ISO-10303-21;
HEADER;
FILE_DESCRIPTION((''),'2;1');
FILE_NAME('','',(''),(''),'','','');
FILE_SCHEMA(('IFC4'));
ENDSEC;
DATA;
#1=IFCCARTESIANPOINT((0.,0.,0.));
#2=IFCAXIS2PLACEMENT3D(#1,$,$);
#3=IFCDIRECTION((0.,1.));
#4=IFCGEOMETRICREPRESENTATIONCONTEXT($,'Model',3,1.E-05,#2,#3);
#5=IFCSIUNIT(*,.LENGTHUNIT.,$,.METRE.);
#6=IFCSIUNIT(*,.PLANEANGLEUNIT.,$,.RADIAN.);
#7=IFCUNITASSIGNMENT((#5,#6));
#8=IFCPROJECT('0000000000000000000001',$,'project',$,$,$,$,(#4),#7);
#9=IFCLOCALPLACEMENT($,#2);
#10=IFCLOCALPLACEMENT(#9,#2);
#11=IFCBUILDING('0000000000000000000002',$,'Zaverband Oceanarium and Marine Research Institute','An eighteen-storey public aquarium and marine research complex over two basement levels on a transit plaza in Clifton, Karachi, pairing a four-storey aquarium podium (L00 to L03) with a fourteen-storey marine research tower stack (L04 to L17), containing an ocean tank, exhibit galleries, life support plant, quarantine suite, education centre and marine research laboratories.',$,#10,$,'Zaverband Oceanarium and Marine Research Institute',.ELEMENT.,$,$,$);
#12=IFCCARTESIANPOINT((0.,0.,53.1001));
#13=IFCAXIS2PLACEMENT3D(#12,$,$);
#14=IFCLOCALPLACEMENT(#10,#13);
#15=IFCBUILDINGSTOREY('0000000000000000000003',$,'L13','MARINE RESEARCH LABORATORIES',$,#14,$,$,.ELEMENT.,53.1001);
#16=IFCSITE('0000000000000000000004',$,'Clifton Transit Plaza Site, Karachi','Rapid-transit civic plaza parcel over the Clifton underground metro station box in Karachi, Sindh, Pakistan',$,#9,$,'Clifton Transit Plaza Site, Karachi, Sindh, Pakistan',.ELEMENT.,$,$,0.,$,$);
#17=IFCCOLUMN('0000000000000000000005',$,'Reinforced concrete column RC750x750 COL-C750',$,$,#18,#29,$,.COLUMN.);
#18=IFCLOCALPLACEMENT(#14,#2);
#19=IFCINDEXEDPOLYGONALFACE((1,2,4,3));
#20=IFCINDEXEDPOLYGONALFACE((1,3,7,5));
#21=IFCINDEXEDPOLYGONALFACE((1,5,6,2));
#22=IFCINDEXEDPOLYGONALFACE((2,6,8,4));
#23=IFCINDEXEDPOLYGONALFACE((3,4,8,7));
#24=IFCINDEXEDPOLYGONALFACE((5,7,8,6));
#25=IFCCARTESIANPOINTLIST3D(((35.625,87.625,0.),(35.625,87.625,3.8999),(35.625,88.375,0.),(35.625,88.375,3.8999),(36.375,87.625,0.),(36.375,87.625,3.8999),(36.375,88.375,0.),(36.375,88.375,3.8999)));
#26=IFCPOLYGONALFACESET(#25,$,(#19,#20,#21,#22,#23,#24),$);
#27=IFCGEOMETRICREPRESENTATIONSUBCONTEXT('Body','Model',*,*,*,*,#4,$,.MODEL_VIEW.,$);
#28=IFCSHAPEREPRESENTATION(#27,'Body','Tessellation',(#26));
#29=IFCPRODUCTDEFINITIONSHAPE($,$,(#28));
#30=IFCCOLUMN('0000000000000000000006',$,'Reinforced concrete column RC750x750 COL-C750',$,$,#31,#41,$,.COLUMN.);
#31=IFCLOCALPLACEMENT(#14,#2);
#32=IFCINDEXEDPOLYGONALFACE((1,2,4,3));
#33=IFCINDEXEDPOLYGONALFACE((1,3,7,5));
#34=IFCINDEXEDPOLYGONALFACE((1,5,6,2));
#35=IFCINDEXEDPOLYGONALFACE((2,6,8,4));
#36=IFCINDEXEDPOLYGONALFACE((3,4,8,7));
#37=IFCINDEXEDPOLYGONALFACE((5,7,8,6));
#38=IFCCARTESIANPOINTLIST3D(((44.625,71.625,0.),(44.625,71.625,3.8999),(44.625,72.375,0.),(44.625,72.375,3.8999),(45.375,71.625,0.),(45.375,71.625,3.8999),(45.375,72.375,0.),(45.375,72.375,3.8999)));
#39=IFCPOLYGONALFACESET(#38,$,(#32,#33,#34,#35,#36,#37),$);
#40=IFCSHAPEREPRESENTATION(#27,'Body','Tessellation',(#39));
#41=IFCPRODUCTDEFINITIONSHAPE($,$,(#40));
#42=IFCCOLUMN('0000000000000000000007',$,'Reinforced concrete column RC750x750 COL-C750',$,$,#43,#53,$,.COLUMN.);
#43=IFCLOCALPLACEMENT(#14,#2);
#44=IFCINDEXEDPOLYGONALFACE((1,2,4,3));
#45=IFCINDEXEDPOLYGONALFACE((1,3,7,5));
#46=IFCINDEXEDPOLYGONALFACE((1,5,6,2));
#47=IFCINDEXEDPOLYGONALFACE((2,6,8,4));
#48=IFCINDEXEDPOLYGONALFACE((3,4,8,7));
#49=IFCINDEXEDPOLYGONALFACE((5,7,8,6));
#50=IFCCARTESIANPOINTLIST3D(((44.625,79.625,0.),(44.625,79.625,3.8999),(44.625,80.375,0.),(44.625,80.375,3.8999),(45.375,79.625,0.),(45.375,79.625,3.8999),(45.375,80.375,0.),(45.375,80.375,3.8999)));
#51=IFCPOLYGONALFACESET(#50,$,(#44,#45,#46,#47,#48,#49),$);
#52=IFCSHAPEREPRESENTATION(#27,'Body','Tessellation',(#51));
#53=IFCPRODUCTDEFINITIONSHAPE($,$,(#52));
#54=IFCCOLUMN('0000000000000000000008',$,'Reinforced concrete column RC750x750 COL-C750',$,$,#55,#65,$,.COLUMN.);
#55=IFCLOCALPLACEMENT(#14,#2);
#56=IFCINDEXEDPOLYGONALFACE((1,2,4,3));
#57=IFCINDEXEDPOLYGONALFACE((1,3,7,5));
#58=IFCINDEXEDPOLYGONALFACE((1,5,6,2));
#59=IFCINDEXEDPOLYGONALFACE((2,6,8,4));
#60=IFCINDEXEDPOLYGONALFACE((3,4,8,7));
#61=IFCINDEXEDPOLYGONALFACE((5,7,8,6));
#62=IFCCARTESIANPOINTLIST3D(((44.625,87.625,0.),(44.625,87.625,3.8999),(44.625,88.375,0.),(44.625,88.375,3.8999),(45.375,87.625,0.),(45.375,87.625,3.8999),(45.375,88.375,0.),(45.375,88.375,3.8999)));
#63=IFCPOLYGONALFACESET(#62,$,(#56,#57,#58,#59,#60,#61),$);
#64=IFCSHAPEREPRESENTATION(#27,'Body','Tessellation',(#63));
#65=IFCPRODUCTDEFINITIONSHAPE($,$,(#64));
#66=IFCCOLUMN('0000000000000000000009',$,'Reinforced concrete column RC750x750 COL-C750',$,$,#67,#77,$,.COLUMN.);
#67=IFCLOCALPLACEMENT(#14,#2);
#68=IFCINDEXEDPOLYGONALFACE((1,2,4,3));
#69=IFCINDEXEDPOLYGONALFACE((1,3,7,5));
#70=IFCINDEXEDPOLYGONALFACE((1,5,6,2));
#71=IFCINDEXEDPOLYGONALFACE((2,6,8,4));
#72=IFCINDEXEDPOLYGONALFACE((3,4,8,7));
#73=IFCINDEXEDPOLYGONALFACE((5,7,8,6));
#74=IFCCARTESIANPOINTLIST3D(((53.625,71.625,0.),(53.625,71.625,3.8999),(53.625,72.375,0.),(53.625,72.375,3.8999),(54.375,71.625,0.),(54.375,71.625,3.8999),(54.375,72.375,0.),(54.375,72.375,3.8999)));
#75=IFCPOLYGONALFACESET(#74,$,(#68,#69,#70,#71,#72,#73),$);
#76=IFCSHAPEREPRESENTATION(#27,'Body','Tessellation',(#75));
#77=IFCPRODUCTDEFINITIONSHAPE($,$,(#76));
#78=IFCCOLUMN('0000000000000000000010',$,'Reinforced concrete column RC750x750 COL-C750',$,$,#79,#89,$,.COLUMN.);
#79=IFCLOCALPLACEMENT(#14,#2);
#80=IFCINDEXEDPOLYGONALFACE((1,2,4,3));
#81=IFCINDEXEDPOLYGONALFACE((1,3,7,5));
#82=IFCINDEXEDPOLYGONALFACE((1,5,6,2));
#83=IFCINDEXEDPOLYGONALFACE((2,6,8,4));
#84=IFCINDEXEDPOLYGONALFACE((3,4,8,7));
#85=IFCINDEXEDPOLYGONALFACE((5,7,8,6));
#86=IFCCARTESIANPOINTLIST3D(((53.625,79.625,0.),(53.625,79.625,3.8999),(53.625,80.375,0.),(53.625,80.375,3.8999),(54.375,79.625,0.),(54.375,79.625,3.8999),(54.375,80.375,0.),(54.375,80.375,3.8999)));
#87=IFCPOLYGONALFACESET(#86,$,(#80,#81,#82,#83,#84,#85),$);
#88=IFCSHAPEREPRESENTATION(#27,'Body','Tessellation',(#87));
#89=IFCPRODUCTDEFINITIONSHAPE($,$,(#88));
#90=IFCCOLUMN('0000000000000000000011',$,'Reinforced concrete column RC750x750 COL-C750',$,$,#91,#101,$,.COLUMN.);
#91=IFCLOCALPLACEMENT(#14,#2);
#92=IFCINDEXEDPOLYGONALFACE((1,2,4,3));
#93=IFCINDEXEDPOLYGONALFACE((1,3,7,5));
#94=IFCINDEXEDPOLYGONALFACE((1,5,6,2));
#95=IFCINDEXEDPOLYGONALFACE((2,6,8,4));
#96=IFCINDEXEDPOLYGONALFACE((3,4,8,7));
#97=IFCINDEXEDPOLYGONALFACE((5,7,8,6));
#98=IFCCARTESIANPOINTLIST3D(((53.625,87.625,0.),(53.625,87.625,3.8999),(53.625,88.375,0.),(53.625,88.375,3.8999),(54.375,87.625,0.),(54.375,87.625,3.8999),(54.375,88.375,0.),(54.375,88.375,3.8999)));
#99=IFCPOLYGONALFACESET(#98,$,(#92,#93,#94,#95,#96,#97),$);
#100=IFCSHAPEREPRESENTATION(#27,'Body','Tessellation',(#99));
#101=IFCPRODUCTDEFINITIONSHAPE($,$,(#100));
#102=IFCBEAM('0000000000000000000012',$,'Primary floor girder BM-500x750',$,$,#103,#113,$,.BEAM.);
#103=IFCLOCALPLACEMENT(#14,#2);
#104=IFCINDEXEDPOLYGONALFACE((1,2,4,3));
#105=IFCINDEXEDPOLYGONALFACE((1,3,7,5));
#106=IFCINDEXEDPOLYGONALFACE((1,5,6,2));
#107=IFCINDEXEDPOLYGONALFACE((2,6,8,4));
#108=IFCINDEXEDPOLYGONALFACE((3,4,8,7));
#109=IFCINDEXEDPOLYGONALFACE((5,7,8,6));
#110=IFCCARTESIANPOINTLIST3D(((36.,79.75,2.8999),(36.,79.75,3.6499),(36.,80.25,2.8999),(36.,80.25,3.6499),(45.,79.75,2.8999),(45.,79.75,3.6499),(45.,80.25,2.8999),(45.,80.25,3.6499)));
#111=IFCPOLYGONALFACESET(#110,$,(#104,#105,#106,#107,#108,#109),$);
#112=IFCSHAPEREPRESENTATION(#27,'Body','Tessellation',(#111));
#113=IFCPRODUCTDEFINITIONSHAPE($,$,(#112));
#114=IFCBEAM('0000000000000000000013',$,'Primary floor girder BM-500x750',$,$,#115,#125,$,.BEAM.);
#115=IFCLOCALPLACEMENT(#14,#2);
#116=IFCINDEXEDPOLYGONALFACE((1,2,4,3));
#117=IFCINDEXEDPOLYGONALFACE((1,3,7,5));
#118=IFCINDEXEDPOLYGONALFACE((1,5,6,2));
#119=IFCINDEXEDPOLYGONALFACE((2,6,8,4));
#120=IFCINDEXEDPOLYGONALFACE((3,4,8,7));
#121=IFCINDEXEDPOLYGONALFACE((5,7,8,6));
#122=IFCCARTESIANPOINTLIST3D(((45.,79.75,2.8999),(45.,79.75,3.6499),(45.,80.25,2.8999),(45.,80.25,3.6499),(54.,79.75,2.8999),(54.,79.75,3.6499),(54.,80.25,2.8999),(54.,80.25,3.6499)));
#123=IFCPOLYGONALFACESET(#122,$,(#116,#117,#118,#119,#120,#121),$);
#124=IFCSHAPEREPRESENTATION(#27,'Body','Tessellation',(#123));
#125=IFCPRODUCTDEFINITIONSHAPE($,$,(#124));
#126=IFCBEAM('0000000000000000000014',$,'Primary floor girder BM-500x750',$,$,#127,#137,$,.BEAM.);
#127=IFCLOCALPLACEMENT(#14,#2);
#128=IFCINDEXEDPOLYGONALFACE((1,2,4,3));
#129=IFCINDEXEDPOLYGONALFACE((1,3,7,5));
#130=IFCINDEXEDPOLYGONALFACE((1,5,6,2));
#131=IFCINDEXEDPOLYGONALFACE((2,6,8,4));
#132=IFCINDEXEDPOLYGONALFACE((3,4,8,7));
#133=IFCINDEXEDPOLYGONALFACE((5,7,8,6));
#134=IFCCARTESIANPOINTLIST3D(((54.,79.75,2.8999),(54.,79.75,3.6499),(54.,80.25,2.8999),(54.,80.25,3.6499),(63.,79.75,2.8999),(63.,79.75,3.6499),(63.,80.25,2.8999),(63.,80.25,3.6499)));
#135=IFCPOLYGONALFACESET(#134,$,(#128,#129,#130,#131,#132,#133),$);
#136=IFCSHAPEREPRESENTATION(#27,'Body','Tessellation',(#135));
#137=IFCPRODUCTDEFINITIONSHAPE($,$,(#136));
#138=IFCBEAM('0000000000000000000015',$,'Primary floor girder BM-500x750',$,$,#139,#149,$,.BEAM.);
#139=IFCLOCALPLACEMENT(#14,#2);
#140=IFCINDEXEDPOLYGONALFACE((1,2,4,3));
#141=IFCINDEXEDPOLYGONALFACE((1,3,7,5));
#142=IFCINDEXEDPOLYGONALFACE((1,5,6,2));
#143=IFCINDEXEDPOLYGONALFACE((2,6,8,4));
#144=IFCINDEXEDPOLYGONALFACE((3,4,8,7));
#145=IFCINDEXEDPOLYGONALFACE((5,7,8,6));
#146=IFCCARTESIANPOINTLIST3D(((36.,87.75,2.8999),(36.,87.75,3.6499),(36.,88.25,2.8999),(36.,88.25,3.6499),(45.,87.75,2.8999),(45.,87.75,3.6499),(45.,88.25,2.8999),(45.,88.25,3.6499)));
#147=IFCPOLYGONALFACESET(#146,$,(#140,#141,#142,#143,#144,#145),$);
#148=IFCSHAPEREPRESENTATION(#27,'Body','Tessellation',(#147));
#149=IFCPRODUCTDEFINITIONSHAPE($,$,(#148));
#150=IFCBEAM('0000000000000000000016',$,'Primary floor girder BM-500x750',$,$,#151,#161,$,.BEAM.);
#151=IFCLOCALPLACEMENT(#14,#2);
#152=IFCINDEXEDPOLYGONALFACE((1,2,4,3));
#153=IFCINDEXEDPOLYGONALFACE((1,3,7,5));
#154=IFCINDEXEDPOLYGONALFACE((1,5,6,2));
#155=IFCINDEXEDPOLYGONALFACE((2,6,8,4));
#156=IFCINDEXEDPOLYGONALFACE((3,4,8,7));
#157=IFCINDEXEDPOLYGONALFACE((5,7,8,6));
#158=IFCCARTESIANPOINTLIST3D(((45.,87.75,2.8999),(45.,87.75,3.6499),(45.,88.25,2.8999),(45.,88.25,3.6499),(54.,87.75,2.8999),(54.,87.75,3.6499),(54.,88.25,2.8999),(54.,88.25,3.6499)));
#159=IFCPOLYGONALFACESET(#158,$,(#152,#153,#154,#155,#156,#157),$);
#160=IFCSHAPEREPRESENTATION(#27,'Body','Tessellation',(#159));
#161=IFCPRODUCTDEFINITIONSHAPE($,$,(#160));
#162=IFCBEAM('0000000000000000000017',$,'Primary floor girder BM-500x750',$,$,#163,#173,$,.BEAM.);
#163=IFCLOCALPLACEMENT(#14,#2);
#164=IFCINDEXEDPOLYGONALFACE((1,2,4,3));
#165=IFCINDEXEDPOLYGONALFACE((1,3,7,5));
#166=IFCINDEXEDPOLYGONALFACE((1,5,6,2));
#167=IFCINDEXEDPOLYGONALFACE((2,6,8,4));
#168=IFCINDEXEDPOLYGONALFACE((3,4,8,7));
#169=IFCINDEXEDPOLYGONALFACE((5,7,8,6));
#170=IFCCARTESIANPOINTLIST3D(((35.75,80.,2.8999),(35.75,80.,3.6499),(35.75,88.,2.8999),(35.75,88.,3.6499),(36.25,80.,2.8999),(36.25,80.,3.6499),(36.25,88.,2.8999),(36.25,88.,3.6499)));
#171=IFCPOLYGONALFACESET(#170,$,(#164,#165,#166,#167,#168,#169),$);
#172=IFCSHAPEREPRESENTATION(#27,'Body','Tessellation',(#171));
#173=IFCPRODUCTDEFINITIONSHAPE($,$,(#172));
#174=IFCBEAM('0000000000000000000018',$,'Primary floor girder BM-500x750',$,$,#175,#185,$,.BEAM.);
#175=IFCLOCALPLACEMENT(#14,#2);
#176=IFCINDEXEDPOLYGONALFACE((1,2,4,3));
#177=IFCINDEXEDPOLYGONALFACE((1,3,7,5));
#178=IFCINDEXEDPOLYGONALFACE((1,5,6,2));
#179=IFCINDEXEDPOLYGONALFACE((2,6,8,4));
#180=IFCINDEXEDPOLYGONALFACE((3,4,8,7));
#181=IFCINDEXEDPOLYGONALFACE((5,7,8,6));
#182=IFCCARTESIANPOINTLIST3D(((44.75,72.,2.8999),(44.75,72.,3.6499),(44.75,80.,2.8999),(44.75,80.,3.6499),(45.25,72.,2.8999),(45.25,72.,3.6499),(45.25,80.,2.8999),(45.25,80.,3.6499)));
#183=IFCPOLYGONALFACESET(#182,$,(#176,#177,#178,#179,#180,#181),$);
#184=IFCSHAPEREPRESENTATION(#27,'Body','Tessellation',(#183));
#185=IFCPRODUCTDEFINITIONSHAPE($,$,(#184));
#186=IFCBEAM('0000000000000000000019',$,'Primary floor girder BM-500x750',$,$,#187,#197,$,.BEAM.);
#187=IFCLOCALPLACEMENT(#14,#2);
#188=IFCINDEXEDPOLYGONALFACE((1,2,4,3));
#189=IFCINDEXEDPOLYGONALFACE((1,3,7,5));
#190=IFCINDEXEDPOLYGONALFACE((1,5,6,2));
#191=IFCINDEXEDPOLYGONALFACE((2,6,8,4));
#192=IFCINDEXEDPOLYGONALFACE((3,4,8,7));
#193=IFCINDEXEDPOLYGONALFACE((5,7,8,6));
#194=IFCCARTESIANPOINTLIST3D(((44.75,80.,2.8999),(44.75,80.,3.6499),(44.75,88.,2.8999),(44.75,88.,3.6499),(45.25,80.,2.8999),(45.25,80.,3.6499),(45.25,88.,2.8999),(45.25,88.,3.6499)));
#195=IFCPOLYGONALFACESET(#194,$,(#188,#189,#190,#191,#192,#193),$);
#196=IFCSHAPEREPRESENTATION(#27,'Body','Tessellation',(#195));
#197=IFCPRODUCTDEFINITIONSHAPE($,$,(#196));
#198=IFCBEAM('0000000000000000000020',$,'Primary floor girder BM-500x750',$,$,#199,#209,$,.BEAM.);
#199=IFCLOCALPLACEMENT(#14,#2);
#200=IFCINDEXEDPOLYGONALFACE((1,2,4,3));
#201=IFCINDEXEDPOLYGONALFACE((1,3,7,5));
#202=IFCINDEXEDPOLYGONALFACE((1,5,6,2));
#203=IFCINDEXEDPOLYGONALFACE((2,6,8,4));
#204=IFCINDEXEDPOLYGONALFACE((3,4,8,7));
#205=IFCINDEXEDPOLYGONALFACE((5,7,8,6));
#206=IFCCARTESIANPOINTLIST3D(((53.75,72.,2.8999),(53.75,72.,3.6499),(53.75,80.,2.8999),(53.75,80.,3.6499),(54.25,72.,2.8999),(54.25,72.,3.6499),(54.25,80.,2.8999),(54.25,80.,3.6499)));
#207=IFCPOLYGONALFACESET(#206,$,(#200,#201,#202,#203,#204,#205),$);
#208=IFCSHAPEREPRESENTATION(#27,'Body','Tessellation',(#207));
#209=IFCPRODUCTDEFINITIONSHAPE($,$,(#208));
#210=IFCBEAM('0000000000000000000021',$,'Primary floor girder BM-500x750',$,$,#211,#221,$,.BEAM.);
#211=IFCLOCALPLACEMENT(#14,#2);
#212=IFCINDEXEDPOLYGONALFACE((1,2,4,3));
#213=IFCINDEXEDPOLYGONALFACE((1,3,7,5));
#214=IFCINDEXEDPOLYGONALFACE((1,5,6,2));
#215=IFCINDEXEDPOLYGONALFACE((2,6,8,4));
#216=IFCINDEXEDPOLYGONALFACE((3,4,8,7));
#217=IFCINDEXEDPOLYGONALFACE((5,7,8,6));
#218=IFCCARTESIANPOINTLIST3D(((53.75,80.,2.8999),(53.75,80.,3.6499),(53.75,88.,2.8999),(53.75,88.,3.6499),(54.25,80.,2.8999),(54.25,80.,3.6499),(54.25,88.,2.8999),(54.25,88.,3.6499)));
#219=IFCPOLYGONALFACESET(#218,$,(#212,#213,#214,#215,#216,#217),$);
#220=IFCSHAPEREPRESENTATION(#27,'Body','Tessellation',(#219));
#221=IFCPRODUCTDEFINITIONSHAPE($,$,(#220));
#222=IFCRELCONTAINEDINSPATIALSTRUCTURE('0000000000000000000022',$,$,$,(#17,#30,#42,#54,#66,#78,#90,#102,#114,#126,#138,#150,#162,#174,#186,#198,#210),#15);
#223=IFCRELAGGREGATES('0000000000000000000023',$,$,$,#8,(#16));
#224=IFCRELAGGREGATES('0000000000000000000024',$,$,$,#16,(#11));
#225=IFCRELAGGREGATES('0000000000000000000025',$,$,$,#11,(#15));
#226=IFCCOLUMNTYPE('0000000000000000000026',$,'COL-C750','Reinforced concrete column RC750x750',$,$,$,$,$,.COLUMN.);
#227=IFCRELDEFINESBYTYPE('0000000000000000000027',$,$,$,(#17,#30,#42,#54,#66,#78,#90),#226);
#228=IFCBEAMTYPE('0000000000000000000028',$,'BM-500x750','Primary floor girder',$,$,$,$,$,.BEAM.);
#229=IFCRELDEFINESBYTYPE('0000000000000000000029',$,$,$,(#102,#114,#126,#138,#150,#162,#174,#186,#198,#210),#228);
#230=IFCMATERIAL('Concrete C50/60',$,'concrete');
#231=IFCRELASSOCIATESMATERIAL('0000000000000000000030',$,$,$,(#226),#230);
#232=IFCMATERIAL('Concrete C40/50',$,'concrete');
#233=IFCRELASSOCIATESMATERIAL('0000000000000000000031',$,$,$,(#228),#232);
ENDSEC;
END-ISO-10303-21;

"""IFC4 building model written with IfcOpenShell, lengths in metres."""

from ifc_helpers import new_model, si_unit, direction, frame, origin, origin_2d, place, context, subcontext, project, spatial, rectangle, extrude, material, material_profile, profile_set, type_object, element, save


model = new_model("IFC4")

# Units and contexts
model_context = context("Model", 3, precision=1e-05, world=origin(), true_north=direction((0.0, 1.0)))
body_context = subcontext(model_context, "Body", "Model", "MODEL_VIEW")
ifc_project = project(units=[si_unit("LENGTHUNIT", "METRE"), si_unit("PLANEANGLEUNIT", "RADIAN")], contexts=[model_context])

# Site, building, storey
site_placement = place(None, origin())
site = spatial("IfcSite", under=ifc_project, at=site_placement, Name="Clifton Transit Plaza Site, Karachi", Description="Rapid-transit civic plaza parcel over the Clifton underground metro station box in Karachi, Sindh, Pakistan", LongName="Clifton Transit Plaza Site, Karachi, Sindh, Pakistan", CompositionType="ELEMENT", RefElevation=0.0)
building_placement = place(site_placement, origin())
building = spatial("IfcBuilding", under=site, at=building_placement, Name="Zaverband Oceanarium and Marine Research Institute", Description="An eighteen-storey public aquarium and marine research complex over two basement levels on a transit plaza in Clifton, Karachi, pairing a four-storey aquarium podium (L00 to L03) with a fourteen-storey marine research tower stack (L04 to L17), containing an ocean tank, exhibit galleries, life support plant, quarantine suite, education centre and marine research laboratories.", LongName="Zaverband Oceanarium and Marine Research Institute", CompositionType="ELEMENT")
storey_placement = place(building_placement, frame((0.0, 0.0, 53.1001)))
storey = spatial("IfcBuildingStorey", under=building, at=storey_placement, Name="L13", Description="MARINE RESEARCH LABORATORIES", CompositionType="ELEMENT", Elevation=53.1001)

# Columns
ifc_material_1 = material(Name="Concrete C50/60", Category="concrete")
ifc_material_profile_1 = material_profile(ifc_material_1, rectangle(XDim=0.75, YDim=0.75, at=origin_2d()), Name="RC750x750")
ifc_profile_set_1 = profile_set([ifc_material_profile_1], Name="Concrete C50/60")
column_type = type_object("IfcColumnType", Name="COL-C750", Description="Reinforced concrete column RC750x750", PredefinedType="COLUMN", material=ifc_profile_set_1)
for number, where, z_axis, x_axis, name in (
    (1, (36.0, 88.0, 0.0), (0.0, 0.0, 1.0), (1.0, 0.0, 0.0), "Reinforced concrete column RC750x750 COL-C750"),
    (2, (45.0, 72.0, 0.0), (0.0, 0.0, 1.0), (1.0, 0.0, 0.0), "Reinforced concrete column RC750x750 COL-C750"),
    (3, (45.0, 80.0, 0.0), (0.0, 0.0, 1.0), (1.0, 0.0, 0.0), "Reinforced concrete column RC750x750 COL-C750"),
    (4, (45.0, 88.0, 0.0), (0.0, 0.0, 1.0), (1.0, 0.0, 0.0), "Reinforced concrete column RC750x750 COL-C750"),
    (5, (54.0, 72.0, 0.0), (0.0, 0.0, 1.0), (1.0, 0.0, 0.0), "Reinforced concrete column RC750x750 COL-C750"),
    (6, (54.0, 80.0, 0.0), (0.0, 0.0, 1.0), (1.0, 0.0, 0.0), "Reinforced concrete column RC750x750 COL-C750"),
    (7, (54.0, 88.0, 0.0), (0.0, 0.0, 1.0), (1.0, 0.0, 0.0), "Reinforced concrete column RC750x750 COL-C750"),
):
    element("IfcColumn", number, at=place(storey_placement, frame(where, z_axis=z_axis, x_axis=x_axis)), inside=storey, type_object=column_type, Name=name, PredefinedType="COLUMN", context=body_context, shape_type="SweptSolid", body=[
        extrude(rectangle(XDim=0.75, YDim=0.75, at=origin_2d()), origin(), (0.0, 0.0, 1.0), 3.8999),
    ])

# Beams
ifc_material_2 = material(Name="Concrete C40/50", Category="concrete")
ifc_material_profile_2 = material_profile(ifc_material_2, rectangle(XDim=0.5, YDim=0.75, at=origin_2d()), Name="RC500x750")
ifc_profile_set_2 = profile_set([ifc_material_profile_2], Name="Concrete C40/50")
beam_type_1 = type_object("IfcBeamType", Name="BM-500x750", Description="Primary floor girder", PredefinedType="BEAM", material=ifc_profile_set_2)
for number, where, z_axis, x_axis, name in (
    (8, (36.0, 80.0, 3.2749), (1.0, 0.0, 0.0), (0.0, 1.0, 0.0), "Primary floor girder BM-500x750"),
    (9, (45.0, 80.0, 3.2749), (1.0, 0.0, 0.0), (0.0, 1.0, 0.0), "Primary floor girder BM-500x750"),
    (10, (54.0, 80.0, 3.2749), (1.0, 0.0, 0.0), (0.0, 1.0, 0.0), "Primary floor girder BM-500x750"),
    (11, (36.0, 88.0, 3.2749), (1.0, 0.0, 0.0), (0.0, 1.0, 0.0), "Primary floor girder BM-500x750"),
    (12, (45.0, 88.0, 3.2749), (1.0, 0.0, 0.0), (0.0, 1.0, 0.0), "Primary floor girder BM-500x750"),
):
    element("IfcBeam", number, at=place(storey_placement, frame(where, z_axis=z_axis, x_axis=x_axis)), inside=storey, type_object=beam_type_1, Name=name, PredefinedType="BEAM", context=body_context, shape_type="SweptSolid", body=[
        extrude(rectangle(XDim=0.5, YDim=0.75, at=origin_2d()), origin(), (0.0, 0.0, 1.0), 9.0),
    ])
for number, where, z_axis, x_axis, name in (
    (13, (36.0, 80.0, 3.2749), (0.0, 1.0, 0.0), (-1.0, 0.0, 0.0), "Primary floor girder BM-500x750"),
    (14, (45.0, 72.0, 3.2749), (0.0, 1.0, 0.0), (-1.0, 0.0, 0.0), "Primary floor girder BM-500x750"),
    (15, (45.0, 80.0, 3.2749), (0.0, 1.0, 0.0), (-1.0, 0.0, 0.0), "Primary floor girder BM-500x750"),
    (16, (54.0, 72.0, 3.2749), (0.0, 1.0, 0.0), (-1.0, 0.0, 0.0), "Primary floor girder BM-500x750"),
    (17, (54.0, 80.0, 3.2749), (0.0, 1.0, 0.0), (-1.0, 0.0, 0.0), "Primary floor girder BM-500x750"),
):
    element("IfcBeam", number, at=place(storey_placement, frame(where, z_axis=z_axis, x_axis=x_axis)), inside=storey, type_object=beam_type_1, Name=name, PredefinedType="BEAM", context=body_context, shape_type="SweptSolid", body=[
        extrude(rectangle(XDim=0.5, YDim=0.75, at=origin_2d()), origin(), (0.0, 0.0, 1.0), 8.0),
    ])

save(model, "model.ifc")
